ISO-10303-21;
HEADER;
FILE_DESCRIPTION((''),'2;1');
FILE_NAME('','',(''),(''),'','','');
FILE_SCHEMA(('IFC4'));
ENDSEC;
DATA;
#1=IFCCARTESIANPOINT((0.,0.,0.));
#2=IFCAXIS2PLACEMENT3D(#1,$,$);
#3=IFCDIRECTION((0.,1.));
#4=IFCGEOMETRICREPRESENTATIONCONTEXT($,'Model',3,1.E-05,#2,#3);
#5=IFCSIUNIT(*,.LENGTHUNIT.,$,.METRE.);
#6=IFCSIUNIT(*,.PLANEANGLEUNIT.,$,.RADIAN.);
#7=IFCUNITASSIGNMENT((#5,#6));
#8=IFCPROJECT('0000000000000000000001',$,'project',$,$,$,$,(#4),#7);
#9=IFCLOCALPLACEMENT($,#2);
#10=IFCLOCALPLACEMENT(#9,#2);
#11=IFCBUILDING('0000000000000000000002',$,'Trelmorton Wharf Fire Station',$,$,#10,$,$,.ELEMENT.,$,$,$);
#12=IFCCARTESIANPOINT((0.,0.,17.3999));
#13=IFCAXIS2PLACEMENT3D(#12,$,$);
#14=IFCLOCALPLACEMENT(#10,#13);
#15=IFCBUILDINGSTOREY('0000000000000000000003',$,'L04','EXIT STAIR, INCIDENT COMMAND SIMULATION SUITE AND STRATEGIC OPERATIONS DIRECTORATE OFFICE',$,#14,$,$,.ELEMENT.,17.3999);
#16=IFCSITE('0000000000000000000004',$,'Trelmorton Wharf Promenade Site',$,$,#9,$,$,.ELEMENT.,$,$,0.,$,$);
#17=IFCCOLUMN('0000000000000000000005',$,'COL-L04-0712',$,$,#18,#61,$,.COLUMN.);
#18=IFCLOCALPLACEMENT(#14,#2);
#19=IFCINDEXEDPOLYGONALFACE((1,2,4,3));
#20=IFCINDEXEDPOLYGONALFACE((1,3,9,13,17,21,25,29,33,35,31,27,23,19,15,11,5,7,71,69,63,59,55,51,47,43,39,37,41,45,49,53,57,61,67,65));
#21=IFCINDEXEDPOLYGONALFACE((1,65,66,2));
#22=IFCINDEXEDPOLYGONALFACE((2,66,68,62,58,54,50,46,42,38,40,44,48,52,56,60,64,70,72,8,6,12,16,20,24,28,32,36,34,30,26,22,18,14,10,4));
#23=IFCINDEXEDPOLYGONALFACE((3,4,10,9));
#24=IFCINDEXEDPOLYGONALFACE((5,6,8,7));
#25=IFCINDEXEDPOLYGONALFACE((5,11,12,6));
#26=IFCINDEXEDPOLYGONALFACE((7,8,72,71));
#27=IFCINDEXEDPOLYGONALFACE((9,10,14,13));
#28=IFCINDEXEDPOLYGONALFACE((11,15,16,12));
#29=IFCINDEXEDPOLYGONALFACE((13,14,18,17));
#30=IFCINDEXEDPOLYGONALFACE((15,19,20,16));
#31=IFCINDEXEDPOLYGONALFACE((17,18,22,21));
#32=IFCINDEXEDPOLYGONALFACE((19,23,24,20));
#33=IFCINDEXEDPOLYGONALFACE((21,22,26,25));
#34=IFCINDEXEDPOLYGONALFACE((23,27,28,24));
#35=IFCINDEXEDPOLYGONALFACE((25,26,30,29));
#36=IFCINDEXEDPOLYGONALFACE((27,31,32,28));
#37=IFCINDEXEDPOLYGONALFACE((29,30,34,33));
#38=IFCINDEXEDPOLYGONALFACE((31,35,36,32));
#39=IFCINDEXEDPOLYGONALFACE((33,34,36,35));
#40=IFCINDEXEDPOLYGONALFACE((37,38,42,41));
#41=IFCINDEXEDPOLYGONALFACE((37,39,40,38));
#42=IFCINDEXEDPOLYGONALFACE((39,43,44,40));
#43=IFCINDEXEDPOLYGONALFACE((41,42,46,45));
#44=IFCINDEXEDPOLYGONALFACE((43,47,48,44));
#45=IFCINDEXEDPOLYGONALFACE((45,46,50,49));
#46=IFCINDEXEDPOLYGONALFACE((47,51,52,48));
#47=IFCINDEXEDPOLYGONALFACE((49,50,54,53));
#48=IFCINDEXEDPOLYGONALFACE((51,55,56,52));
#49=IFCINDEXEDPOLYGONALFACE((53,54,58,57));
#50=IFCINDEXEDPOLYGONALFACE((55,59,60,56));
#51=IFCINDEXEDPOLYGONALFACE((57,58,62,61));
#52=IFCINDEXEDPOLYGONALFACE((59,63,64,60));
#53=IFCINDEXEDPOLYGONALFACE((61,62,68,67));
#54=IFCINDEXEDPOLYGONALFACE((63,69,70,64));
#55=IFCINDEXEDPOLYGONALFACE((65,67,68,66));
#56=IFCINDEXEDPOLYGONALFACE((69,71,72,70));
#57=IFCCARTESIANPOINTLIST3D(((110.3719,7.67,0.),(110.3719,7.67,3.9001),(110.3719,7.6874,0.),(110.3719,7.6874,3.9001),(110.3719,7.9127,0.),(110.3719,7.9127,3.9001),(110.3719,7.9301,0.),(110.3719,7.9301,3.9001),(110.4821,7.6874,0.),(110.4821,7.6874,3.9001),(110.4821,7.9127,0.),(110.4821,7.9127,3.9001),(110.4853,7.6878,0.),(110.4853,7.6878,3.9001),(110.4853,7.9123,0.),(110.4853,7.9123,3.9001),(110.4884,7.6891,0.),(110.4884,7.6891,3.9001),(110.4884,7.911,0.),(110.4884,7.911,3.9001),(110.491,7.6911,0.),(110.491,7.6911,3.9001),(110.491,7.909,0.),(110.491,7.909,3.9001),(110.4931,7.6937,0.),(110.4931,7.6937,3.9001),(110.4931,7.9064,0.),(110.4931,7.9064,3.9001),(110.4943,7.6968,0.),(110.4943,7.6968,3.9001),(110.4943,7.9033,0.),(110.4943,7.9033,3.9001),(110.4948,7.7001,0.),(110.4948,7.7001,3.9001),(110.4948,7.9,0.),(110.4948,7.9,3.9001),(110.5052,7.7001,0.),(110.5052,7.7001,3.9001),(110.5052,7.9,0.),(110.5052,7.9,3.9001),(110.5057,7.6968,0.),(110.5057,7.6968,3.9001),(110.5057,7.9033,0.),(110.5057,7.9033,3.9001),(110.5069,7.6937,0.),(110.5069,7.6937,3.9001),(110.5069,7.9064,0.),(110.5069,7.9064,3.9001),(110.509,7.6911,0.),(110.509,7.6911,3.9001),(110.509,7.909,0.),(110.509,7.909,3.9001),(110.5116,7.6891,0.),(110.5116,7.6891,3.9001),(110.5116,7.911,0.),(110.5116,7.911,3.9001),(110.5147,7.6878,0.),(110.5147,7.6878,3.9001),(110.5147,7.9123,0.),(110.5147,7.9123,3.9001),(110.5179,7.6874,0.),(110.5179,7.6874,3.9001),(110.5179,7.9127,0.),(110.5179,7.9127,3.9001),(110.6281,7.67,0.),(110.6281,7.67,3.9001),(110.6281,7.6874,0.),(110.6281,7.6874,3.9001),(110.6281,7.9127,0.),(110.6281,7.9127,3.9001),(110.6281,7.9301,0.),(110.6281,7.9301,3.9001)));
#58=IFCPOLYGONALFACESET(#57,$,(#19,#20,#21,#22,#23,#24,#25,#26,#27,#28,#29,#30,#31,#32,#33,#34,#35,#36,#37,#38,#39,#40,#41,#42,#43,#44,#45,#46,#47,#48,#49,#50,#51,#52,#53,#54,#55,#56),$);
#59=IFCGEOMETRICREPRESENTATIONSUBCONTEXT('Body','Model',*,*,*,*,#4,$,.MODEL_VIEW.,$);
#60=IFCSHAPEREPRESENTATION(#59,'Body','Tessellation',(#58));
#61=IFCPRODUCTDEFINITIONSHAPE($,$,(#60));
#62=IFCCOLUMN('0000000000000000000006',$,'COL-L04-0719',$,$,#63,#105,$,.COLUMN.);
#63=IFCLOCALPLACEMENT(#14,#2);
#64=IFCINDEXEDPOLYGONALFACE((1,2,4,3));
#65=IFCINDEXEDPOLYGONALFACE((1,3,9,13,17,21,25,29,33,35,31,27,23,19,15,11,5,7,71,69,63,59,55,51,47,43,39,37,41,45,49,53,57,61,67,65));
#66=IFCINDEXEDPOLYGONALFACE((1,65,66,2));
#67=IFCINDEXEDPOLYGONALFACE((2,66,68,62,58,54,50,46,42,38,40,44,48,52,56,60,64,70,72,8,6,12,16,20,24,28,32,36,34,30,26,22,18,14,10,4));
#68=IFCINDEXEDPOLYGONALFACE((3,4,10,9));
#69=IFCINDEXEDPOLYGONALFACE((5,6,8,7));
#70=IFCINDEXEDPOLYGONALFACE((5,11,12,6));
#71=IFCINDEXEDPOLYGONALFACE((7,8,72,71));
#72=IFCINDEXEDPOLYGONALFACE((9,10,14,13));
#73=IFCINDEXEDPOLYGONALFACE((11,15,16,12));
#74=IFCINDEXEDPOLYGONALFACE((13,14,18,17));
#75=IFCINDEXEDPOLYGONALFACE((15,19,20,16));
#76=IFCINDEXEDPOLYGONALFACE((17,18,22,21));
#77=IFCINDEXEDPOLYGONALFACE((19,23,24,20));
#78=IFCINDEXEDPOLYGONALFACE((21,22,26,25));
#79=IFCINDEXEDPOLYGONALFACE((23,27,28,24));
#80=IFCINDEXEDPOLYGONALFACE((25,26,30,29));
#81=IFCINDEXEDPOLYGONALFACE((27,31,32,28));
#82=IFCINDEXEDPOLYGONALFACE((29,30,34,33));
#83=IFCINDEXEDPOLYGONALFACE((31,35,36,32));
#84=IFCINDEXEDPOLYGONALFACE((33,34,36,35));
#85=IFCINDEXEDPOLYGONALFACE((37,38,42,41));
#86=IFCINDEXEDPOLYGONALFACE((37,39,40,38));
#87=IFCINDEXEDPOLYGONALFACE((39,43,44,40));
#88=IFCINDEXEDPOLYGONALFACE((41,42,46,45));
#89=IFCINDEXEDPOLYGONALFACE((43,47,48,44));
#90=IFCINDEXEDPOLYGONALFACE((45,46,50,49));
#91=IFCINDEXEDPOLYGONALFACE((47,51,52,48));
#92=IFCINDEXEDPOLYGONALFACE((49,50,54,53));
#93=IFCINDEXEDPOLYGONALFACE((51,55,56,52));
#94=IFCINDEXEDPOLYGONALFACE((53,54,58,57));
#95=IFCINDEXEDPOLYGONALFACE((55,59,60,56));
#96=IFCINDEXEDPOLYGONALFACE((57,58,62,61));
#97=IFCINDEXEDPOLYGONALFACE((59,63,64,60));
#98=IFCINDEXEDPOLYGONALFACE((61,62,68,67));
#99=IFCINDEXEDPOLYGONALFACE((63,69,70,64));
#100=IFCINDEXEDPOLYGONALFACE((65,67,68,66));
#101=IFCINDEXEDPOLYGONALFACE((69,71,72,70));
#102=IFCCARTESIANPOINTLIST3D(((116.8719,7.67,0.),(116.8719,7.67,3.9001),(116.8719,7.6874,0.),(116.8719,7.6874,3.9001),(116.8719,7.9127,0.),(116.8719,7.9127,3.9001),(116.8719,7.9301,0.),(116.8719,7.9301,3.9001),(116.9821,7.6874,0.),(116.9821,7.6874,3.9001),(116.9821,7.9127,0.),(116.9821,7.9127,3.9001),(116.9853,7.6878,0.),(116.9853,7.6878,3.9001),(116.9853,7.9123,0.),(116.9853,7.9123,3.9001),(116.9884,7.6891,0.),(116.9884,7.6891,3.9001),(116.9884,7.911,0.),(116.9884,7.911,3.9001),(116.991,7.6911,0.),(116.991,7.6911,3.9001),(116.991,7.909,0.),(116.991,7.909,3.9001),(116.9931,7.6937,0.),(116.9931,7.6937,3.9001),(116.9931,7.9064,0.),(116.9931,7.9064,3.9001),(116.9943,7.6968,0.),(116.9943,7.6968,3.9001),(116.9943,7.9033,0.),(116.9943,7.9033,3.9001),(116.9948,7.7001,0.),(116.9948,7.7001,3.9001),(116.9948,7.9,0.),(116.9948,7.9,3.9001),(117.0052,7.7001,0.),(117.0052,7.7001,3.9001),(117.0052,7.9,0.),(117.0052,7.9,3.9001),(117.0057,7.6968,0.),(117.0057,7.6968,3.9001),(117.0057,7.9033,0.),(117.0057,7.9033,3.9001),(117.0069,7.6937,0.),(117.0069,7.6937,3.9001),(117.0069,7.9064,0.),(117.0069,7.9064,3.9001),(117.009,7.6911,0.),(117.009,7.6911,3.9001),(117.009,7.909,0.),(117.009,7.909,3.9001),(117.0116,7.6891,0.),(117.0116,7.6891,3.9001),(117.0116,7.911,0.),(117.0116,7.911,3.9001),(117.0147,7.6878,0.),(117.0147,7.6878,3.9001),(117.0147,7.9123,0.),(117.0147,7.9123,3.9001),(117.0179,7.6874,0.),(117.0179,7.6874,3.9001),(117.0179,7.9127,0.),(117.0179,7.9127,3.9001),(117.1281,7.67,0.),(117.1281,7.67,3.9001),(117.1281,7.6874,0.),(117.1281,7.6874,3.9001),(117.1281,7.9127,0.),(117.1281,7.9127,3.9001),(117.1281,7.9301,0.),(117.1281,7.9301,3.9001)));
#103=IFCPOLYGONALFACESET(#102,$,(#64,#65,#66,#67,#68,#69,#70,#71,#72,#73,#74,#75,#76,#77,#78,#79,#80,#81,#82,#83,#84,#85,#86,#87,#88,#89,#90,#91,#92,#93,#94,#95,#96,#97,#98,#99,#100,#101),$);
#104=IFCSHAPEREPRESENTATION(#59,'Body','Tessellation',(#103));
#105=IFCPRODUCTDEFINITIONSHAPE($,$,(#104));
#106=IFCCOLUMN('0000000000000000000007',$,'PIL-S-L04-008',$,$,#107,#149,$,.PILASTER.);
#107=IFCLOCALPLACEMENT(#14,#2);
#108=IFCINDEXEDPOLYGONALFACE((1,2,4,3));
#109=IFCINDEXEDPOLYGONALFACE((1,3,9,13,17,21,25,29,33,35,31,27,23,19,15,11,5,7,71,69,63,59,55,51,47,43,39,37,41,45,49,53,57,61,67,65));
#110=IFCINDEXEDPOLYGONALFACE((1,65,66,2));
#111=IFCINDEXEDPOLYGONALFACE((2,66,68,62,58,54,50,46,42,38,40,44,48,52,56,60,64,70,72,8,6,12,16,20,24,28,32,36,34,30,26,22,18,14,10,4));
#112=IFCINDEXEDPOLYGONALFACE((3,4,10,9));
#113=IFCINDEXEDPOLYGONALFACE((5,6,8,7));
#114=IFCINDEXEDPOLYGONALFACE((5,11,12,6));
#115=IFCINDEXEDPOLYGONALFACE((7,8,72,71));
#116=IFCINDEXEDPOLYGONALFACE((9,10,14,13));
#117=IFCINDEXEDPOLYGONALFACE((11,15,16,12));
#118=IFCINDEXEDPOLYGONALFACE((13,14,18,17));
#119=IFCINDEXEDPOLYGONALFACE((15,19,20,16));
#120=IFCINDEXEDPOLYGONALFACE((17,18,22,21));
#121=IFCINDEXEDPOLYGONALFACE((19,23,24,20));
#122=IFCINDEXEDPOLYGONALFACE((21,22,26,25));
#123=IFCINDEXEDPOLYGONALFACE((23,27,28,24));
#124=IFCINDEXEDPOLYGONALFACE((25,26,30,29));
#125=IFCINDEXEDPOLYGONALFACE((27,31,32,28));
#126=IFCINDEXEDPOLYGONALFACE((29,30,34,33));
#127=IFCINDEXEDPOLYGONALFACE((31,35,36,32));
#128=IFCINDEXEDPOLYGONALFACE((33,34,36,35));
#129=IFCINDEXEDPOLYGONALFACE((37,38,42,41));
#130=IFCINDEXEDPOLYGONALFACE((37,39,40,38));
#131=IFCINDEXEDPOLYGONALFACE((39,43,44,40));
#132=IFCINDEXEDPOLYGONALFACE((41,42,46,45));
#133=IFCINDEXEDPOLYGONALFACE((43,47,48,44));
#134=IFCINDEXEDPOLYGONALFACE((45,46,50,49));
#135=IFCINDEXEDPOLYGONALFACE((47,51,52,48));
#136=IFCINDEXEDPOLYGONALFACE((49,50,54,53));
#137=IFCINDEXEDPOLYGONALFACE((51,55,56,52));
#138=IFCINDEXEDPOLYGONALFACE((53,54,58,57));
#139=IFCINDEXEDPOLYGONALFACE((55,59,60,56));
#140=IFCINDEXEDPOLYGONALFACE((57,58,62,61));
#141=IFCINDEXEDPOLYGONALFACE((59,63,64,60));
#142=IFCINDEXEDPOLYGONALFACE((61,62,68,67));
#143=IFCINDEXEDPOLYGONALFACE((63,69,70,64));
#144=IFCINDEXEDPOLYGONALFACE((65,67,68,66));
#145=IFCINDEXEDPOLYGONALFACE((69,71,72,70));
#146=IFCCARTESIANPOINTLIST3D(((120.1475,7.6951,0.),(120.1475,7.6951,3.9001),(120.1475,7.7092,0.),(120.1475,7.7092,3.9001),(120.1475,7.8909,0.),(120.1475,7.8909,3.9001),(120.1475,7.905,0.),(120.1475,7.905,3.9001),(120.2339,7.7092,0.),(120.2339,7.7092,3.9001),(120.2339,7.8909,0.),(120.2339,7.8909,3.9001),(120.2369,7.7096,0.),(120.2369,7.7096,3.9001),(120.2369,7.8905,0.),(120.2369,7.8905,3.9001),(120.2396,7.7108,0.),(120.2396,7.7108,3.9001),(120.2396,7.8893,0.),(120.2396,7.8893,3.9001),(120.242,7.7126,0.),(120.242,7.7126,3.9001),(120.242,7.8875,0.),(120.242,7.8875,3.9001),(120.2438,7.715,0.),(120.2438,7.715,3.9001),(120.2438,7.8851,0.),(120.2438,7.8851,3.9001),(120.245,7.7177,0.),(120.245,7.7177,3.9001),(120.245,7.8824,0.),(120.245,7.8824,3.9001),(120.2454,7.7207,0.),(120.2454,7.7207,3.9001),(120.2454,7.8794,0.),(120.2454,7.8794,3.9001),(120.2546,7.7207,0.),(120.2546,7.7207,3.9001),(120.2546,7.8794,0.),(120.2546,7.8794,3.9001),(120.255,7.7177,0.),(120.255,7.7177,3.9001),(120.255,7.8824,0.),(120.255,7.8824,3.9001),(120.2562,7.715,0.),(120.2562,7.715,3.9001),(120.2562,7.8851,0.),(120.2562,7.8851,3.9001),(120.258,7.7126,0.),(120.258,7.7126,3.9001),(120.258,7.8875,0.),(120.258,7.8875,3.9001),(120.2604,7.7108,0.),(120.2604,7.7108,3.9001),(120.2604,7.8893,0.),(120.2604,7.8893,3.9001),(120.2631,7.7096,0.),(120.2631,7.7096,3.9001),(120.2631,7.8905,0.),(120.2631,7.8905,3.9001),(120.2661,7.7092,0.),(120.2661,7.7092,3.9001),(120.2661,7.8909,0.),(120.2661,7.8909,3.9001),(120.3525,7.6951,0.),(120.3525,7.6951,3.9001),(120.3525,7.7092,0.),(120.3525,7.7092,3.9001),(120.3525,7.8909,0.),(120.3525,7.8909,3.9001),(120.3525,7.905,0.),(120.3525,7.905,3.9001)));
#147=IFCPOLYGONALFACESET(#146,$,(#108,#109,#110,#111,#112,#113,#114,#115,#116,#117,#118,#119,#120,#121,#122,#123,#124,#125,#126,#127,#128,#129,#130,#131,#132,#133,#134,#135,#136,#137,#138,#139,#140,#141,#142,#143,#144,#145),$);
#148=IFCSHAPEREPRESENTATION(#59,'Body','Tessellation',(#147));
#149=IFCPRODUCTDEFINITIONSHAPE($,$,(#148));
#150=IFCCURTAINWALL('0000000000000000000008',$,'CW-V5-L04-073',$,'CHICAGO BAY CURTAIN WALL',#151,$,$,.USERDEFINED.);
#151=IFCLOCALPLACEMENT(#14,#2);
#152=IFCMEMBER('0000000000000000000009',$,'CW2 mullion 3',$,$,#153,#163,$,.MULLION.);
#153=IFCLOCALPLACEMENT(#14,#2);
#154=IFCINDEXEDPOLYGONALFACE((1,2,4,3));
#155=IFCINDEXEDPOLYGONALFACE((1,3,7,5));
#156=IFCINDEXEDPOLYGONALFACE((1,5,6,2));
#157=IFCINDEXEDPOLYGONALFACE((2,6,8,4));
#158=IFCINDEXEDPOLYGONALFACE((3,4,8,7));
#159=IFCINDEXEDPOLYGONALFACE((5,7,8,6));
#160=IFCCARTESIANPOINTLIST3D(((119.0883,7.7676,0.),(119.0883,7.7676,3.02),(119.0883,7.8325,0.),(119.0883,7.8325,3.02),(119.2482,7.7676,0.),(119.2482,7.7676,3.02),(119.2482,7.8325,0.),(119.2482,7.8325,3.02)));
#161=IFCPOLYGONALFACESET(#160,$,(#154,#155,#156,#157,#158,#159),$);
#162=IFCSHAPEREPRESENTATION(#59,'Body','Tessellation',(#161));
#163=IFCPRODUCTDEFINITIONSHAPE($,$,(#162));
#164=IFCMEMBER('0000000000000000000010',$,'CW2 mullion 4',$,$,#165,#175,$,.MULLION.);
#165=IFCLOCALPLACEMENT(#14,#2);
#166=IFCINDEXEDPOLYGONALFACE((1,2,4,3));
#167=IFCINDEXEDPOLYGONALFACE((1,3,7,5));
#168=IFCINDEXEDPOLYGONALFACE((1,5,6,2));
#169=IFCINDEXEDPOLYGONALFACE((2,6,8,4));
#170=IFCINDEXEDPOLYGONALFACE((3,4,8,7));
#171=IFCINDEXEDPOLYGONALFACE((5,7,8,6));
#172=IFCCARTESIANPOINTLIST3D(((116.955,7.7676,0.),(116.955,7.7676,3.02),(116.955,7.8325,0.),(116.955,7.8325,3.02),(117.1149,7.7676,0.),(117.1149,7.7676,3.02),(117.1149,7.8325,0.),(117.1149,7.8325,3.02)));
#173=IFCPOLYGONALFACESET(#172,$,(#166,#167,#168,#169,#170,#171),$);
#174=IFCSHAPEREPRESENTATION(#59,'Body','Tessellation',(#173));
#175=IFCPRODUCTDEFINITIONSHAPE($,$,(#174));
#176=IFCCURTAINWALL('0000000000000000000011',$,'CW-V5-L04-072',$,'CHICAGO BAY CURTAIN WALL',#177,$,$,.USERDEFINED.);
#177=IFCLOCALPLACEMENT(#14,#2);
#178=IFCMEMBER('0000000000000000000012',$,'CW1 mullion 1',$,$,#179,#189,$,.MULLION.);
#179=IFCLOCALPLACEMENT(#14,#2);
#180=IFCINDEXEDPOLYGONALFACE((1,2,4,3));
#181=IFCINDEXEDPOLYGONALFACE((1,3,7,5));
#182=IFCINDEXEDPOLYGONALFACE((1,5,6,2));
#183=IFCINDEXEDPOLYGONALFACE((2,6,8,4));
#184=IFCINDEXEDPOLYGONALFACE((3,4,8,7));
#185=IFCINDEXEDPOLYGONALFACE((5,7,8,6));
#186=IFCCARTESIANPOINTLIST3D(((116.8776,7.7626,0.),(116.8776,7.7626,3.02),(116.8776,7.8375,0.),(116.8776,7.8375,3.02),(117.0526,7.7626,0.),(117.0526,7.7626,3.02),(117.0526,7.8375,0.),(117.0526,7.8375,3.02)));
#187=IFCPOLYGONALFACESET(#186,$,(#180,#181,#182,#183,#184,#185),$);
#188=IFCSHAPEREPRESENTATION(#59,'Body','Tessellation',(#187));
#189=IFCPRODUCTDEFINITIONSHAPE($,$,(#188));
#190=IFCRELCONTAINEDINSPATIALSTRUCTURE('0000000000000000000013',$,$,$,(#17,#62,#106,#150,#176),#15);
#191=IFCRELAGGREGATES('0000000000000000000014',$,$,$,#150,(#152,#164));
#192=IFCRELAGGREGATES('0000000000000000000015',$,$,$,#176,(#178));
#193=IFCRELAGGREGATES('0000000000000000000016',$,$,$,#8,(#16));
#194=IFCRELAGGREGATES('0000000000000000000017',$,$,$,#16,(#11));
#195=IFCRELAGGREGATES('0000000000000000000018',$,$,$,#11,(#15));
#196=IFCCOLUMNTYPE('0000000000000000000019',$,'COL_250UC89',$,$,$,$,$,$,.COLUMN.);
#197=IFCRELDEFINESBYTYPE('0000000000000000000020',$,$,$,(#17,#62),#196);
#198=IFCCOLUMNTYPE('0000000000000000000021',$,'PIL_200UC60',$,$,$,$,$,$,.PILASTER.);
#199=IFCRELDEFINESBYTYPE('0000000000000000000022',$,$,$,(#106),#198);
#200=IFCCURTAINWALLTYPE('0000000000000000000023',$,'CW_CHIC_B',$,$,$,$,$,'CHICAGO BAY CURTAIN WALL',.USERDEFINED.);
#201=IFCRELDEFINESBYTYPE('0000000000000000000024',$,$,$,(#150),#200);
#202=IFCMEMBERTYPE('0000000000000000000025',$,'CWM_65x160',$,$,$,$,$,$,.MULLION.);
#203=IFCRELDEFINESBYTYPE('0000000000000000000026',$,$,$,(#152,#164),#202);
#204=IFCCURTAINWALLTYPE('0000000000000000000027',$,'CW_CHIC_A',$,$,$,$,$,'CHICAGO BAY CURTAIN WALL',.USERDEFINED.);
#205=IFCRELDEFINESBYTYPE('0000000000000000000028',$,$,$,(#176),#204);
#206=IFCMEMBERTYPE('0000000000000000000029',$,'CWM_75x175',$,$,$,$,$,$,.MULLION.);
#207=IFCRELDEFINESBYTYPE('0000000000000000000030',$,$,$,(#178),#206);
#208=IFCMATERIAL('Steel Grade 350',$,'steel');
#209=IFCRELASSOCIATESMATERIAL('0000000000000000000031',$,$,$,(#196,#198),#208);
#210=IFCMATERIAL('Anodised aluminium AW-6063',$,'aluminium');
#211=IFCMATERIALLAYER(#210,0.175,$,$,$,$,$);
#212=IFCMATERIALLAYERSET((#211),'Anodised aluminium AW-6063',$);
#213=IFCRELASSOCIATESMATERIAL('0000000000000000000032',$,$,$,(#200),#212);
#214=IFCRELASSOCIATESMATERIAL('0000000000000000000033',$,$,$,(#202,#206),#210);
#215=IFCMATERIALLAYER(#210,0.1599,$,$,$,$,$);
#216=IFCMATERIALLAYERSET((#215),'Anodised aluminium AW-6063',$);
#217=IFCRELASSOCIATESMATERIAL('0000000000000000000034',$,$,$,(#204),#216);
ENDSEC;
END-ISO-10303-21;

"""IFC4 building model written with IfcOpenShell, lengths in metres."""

from ifc_helpers import new_model, si_unit, direction, frame, origin, origin_2d, place, context, subcontext, project, spatial, rectangle, i_section, extrude, material, layer, layer_set, material_profile, profile_set, type_object, element, aggregate, save


model = new_model("IFC4")

# Units and contexts
model_context = context("Model", 3, precision=1e-05, world=origin(), true_north=direction((0.0, 1.0)))
body_context = subcontext(model_context, "Body", "Model", "MODEL_VIEW")
ifc_project = project(units=[si_unit("LENGTHUNIT", "METRE"), si_unit("PLANEANGLEUNIT", "RADIAN")], contexts=[model_context])

# Site, building, storey
site_placement = place(None, origin())
site = spatial("IfcSite", under=ifc_project, at=site_placement, Name="Trelmorton Wharf Promenade Site", CompositionType="ELEMENT", RefElevation=0.0)
building_placement = place(site_placement, origin())
building = spatial("IfcBuilding", under=site, at=building_placement, Name="Trelmorton Wharf Fire Station", CompositionType="ELEMENT")
storey_placement = place(building_placement, frame((0.0, 0.0, 17.3999)))
storey = spatial("IfcBuildingStorey", under=building, at=storey_placement, Name="L04", Description="EXIT STAIR, INCIDENT COMMAND SIMULATION SUITE AND STRATEGIC OPERATIONS DIRECTORATE OFFICE", CompositionType="ELEMENT", Elevation=17.3999)

# Columns
ifc_material_1 = material(Name="Steel Grade 350", Category="steel")
ifc_material_profile_1 = material_profile(ifc_material_1, i_section(OverallWidth=0.2561, OverallDepth=0.26, WebThickness=0.0105, FlangeThickness=0.0173, FilletRadius=0.0127, at=origin_2d()), Name="250UC89.5")
ifc_profile_set_1 = profile_set([ifc_material_profile_1], Name="Steel Grade 350")
column_type_1 = type_object("IfcColumnType", Name="COL_250UC89", PredefinedType="COLUMN", material=ifc_profile_set_1)
for number, where, z_axis, x_axis, name in (
    (1, (110.5, 7.8, 0.0), (0.0, 0.0, 1.0), (1.0, 0.0, 0.0), "COL-L04-0712"),
    (2, (117.0, 7.8, 0.0), (0.0, 0.0, 1.0), (1.0, 0.0, 0.0), "COL-L04-0719"),
):
    element("IfcColumn", number, at=place(storey_placement, frame(where, z_axis=z_axis, x_axis=x_axis)), inside=storey, type_object=column_type_1, Name=name, PredefinedType="COLUMN", context=body_context, shape_type="SweptSolid", body=[
        extrude(i_section(OverallWidth=0.2561, OverallDepth=0.26, WebThickness=0.0105, FlangeThickness=0.0173, FilletRadius=0.0127, at=origin_2d()), origin(), (0.0, 0.0, 1.0), 3.9001),
    ])
ifc_material_profile_2 = material_profile(ifc_material_1, i_section(OverallWidth=0.2051, OverallDepth=0.21, WebThickness=0.0093, FlangeThickness=0.0142, FilletRadius=0.0115, at=origin_2d()), Name="200UC59.5")
ifc_profile_set_2 = profile_set([ifc_material_profile_2], Name="Steel Grade 350")
column_type_2 = type_object("IfcColumnType", Name="PIL_200UC60", PredefinedType="PILASTER", material=ifc_profile_set_2)
column_placement = place(storey_placement, frame((120.25, 7.8, 0.0), z_axis=(0.0, 0.0, 1.0), x_axis=(1.0, 0.0, 0.0)))
element("IfcColumn", 3, at=column_placement, inside=storey, type_object=column_type_2, Name="PIL-S-L04-008", PredefinedType="PILASTER", context=body_context, shape_type="SweptSolid", body=[
    extrude(i_section(OverallWidth=0.2051, OverallDepth=0.21, WebThickness=0.0093, FlangeThickness=0.0142, FilletRadius=0.0115, at=origin_2d()), origin(), (0.0, 0.0, 1.0), 3.9001),
])

# Curtain walls, members
ifc_material_2 = material(Name="Anodised aluminium AW-6063", Category="aluminium")
ifc_layer_1 = layer(ifc_material_2, 0.175)
ifc_layer_set_1 = layer_set([ifc_layer_1], Name="Anodised aluminium AW-6063")
curtain_wall_type_1 = type_object("IfcCurtainWallType", Name="CW_CHIC_B", ElementType="CHICAGO BAY CURTAIN WALL", PredefinedType="USERDEFINED", material=ifc_layer_set_1)
curtain_wall_1_placement = place(storey_placement, origin())
curtain_wall_1 = element("IfcCurtainWall", 4, at=curtain_wall_1_placement, inside=storey, type_object=curtain_wall_type_1, Name="CW-V5-L04-073", ObjectType="CHICAGO BAY CURTAIN WALL", PredefinedType="USERDEFINED")
ifc_material_profile_3 = material_profile(ifc_material_2, rectangle(XDim=0.0649, YDim=0.1599, at=origin_2d()), Name="ALU-65x160")
ifc_profile_set_3 = profile_set([ifc_material_profile_3], Name="Anodised aluminium AW-6063")
member_type_1 = type_object("IfcMemberType", Name="CWM_65x160", PredefinedType="MULLION", material=ifc_profile_set_3)
member_1_placement = place(storey_placement, frame((119.1682, 7.8, 0.0), z_axis=(0.0, 0.0, 1.0), x_axis=(0.0, -1.0, 0.0)))
member_1 = element("IfcMember", 5, at=member_1_placement, type_object=member_type_1, Name="CW2 mullion 3", PredefinedType="MULLION", context=body_context, shape_type="SweptSolid", body=[
    extrude(rectangle(XDim=0.0649, YDim=0.1599, at=origin_2d()), origin(), (0.0, 0.0, 1.0), 3.02),
])
member_2_placement = place(storey_placement, frame((117.0349, 7.8, 0.0), z_axis=(0.0, 0.0, 1.0), x_axis=(0.0, -1.0, 0.0)))
member_2 = element("IfcMember", 6, at=member_2_placement, type_object=member_type_1, Name="CW2 mullion 4", PredefinedType="MULLION", context=body_context, shape_type="SweptSolid", body=[
    extrude(rectangle(XDim=0.0649, YDim=0.1599, at=origin_2d()), origin(), (0.0, 0.0, 1.0), 3.02),
])
ifc_layer_2 = layer(ifc_material_2, 0.1599)
ifc_layer_set_2 = layer_set([ifc_layer_2], Name="Anodised aluminium AW-6063")
curtain_wall_type_2 = type_object("IfcCurtainWallType", Name="CW_CHIC_A", ElementType="CHICAGO BAY CURTAIN WALL", PredefinedType="USERDEFINED", material=ifc_layer_set_2)
curtain_wall_2_placement = place(storey_placement, origin())
curtain_wall_2 = element("IfcCurtainWall", 7, at=curtain_wall_2_placement, inside=storey, type_object=curtain_wall_type_2, Name="CW-V5-L04-072", ObjectType="CHICAGO BAY CURTAIN WALL", PredefinedType="USERDEFINED")
ifc_material_profile_4 = material_profile(ifc_material_2, rectangle(XDim=0.075, YDim=0.175, at=origin_2d()), Name="ALU-75x175")
ifc_profile_set_4 = profile_set([ifc_material_profile_4], Name="Anodised aluminium AW-6063")
member_type_2 = type_object("IfcMemberType", Name="CWM_75x175", PredefinedType="MULLION", material=ifc_profile_set_4)
member_3_placement = place(storey_placement, frame((116.9651, 7.8, 0.0), z_axis=(0.0, 0.0, 1.0), x_axis=(0.0, -1.0, 0.0)))
member_3 = element("IfcMember", 8, at=member_3_placement, type_object=member_type_2, Name="CW1 mullion 1", PredefinedType="MULLION", context=body_context, shape_type="SweptSolid", body=[
    extrude(rectangle(XDim=0.075, YDim=0.175, at=origin_2d()), origin(), (0.0, 0.0, 1.0), 3.02),
])

aggregate(curtain_wall_1, [member_1, member_2])
aggregate(curtain_wall_2, [member_3])

save(model, "model.ifc")
